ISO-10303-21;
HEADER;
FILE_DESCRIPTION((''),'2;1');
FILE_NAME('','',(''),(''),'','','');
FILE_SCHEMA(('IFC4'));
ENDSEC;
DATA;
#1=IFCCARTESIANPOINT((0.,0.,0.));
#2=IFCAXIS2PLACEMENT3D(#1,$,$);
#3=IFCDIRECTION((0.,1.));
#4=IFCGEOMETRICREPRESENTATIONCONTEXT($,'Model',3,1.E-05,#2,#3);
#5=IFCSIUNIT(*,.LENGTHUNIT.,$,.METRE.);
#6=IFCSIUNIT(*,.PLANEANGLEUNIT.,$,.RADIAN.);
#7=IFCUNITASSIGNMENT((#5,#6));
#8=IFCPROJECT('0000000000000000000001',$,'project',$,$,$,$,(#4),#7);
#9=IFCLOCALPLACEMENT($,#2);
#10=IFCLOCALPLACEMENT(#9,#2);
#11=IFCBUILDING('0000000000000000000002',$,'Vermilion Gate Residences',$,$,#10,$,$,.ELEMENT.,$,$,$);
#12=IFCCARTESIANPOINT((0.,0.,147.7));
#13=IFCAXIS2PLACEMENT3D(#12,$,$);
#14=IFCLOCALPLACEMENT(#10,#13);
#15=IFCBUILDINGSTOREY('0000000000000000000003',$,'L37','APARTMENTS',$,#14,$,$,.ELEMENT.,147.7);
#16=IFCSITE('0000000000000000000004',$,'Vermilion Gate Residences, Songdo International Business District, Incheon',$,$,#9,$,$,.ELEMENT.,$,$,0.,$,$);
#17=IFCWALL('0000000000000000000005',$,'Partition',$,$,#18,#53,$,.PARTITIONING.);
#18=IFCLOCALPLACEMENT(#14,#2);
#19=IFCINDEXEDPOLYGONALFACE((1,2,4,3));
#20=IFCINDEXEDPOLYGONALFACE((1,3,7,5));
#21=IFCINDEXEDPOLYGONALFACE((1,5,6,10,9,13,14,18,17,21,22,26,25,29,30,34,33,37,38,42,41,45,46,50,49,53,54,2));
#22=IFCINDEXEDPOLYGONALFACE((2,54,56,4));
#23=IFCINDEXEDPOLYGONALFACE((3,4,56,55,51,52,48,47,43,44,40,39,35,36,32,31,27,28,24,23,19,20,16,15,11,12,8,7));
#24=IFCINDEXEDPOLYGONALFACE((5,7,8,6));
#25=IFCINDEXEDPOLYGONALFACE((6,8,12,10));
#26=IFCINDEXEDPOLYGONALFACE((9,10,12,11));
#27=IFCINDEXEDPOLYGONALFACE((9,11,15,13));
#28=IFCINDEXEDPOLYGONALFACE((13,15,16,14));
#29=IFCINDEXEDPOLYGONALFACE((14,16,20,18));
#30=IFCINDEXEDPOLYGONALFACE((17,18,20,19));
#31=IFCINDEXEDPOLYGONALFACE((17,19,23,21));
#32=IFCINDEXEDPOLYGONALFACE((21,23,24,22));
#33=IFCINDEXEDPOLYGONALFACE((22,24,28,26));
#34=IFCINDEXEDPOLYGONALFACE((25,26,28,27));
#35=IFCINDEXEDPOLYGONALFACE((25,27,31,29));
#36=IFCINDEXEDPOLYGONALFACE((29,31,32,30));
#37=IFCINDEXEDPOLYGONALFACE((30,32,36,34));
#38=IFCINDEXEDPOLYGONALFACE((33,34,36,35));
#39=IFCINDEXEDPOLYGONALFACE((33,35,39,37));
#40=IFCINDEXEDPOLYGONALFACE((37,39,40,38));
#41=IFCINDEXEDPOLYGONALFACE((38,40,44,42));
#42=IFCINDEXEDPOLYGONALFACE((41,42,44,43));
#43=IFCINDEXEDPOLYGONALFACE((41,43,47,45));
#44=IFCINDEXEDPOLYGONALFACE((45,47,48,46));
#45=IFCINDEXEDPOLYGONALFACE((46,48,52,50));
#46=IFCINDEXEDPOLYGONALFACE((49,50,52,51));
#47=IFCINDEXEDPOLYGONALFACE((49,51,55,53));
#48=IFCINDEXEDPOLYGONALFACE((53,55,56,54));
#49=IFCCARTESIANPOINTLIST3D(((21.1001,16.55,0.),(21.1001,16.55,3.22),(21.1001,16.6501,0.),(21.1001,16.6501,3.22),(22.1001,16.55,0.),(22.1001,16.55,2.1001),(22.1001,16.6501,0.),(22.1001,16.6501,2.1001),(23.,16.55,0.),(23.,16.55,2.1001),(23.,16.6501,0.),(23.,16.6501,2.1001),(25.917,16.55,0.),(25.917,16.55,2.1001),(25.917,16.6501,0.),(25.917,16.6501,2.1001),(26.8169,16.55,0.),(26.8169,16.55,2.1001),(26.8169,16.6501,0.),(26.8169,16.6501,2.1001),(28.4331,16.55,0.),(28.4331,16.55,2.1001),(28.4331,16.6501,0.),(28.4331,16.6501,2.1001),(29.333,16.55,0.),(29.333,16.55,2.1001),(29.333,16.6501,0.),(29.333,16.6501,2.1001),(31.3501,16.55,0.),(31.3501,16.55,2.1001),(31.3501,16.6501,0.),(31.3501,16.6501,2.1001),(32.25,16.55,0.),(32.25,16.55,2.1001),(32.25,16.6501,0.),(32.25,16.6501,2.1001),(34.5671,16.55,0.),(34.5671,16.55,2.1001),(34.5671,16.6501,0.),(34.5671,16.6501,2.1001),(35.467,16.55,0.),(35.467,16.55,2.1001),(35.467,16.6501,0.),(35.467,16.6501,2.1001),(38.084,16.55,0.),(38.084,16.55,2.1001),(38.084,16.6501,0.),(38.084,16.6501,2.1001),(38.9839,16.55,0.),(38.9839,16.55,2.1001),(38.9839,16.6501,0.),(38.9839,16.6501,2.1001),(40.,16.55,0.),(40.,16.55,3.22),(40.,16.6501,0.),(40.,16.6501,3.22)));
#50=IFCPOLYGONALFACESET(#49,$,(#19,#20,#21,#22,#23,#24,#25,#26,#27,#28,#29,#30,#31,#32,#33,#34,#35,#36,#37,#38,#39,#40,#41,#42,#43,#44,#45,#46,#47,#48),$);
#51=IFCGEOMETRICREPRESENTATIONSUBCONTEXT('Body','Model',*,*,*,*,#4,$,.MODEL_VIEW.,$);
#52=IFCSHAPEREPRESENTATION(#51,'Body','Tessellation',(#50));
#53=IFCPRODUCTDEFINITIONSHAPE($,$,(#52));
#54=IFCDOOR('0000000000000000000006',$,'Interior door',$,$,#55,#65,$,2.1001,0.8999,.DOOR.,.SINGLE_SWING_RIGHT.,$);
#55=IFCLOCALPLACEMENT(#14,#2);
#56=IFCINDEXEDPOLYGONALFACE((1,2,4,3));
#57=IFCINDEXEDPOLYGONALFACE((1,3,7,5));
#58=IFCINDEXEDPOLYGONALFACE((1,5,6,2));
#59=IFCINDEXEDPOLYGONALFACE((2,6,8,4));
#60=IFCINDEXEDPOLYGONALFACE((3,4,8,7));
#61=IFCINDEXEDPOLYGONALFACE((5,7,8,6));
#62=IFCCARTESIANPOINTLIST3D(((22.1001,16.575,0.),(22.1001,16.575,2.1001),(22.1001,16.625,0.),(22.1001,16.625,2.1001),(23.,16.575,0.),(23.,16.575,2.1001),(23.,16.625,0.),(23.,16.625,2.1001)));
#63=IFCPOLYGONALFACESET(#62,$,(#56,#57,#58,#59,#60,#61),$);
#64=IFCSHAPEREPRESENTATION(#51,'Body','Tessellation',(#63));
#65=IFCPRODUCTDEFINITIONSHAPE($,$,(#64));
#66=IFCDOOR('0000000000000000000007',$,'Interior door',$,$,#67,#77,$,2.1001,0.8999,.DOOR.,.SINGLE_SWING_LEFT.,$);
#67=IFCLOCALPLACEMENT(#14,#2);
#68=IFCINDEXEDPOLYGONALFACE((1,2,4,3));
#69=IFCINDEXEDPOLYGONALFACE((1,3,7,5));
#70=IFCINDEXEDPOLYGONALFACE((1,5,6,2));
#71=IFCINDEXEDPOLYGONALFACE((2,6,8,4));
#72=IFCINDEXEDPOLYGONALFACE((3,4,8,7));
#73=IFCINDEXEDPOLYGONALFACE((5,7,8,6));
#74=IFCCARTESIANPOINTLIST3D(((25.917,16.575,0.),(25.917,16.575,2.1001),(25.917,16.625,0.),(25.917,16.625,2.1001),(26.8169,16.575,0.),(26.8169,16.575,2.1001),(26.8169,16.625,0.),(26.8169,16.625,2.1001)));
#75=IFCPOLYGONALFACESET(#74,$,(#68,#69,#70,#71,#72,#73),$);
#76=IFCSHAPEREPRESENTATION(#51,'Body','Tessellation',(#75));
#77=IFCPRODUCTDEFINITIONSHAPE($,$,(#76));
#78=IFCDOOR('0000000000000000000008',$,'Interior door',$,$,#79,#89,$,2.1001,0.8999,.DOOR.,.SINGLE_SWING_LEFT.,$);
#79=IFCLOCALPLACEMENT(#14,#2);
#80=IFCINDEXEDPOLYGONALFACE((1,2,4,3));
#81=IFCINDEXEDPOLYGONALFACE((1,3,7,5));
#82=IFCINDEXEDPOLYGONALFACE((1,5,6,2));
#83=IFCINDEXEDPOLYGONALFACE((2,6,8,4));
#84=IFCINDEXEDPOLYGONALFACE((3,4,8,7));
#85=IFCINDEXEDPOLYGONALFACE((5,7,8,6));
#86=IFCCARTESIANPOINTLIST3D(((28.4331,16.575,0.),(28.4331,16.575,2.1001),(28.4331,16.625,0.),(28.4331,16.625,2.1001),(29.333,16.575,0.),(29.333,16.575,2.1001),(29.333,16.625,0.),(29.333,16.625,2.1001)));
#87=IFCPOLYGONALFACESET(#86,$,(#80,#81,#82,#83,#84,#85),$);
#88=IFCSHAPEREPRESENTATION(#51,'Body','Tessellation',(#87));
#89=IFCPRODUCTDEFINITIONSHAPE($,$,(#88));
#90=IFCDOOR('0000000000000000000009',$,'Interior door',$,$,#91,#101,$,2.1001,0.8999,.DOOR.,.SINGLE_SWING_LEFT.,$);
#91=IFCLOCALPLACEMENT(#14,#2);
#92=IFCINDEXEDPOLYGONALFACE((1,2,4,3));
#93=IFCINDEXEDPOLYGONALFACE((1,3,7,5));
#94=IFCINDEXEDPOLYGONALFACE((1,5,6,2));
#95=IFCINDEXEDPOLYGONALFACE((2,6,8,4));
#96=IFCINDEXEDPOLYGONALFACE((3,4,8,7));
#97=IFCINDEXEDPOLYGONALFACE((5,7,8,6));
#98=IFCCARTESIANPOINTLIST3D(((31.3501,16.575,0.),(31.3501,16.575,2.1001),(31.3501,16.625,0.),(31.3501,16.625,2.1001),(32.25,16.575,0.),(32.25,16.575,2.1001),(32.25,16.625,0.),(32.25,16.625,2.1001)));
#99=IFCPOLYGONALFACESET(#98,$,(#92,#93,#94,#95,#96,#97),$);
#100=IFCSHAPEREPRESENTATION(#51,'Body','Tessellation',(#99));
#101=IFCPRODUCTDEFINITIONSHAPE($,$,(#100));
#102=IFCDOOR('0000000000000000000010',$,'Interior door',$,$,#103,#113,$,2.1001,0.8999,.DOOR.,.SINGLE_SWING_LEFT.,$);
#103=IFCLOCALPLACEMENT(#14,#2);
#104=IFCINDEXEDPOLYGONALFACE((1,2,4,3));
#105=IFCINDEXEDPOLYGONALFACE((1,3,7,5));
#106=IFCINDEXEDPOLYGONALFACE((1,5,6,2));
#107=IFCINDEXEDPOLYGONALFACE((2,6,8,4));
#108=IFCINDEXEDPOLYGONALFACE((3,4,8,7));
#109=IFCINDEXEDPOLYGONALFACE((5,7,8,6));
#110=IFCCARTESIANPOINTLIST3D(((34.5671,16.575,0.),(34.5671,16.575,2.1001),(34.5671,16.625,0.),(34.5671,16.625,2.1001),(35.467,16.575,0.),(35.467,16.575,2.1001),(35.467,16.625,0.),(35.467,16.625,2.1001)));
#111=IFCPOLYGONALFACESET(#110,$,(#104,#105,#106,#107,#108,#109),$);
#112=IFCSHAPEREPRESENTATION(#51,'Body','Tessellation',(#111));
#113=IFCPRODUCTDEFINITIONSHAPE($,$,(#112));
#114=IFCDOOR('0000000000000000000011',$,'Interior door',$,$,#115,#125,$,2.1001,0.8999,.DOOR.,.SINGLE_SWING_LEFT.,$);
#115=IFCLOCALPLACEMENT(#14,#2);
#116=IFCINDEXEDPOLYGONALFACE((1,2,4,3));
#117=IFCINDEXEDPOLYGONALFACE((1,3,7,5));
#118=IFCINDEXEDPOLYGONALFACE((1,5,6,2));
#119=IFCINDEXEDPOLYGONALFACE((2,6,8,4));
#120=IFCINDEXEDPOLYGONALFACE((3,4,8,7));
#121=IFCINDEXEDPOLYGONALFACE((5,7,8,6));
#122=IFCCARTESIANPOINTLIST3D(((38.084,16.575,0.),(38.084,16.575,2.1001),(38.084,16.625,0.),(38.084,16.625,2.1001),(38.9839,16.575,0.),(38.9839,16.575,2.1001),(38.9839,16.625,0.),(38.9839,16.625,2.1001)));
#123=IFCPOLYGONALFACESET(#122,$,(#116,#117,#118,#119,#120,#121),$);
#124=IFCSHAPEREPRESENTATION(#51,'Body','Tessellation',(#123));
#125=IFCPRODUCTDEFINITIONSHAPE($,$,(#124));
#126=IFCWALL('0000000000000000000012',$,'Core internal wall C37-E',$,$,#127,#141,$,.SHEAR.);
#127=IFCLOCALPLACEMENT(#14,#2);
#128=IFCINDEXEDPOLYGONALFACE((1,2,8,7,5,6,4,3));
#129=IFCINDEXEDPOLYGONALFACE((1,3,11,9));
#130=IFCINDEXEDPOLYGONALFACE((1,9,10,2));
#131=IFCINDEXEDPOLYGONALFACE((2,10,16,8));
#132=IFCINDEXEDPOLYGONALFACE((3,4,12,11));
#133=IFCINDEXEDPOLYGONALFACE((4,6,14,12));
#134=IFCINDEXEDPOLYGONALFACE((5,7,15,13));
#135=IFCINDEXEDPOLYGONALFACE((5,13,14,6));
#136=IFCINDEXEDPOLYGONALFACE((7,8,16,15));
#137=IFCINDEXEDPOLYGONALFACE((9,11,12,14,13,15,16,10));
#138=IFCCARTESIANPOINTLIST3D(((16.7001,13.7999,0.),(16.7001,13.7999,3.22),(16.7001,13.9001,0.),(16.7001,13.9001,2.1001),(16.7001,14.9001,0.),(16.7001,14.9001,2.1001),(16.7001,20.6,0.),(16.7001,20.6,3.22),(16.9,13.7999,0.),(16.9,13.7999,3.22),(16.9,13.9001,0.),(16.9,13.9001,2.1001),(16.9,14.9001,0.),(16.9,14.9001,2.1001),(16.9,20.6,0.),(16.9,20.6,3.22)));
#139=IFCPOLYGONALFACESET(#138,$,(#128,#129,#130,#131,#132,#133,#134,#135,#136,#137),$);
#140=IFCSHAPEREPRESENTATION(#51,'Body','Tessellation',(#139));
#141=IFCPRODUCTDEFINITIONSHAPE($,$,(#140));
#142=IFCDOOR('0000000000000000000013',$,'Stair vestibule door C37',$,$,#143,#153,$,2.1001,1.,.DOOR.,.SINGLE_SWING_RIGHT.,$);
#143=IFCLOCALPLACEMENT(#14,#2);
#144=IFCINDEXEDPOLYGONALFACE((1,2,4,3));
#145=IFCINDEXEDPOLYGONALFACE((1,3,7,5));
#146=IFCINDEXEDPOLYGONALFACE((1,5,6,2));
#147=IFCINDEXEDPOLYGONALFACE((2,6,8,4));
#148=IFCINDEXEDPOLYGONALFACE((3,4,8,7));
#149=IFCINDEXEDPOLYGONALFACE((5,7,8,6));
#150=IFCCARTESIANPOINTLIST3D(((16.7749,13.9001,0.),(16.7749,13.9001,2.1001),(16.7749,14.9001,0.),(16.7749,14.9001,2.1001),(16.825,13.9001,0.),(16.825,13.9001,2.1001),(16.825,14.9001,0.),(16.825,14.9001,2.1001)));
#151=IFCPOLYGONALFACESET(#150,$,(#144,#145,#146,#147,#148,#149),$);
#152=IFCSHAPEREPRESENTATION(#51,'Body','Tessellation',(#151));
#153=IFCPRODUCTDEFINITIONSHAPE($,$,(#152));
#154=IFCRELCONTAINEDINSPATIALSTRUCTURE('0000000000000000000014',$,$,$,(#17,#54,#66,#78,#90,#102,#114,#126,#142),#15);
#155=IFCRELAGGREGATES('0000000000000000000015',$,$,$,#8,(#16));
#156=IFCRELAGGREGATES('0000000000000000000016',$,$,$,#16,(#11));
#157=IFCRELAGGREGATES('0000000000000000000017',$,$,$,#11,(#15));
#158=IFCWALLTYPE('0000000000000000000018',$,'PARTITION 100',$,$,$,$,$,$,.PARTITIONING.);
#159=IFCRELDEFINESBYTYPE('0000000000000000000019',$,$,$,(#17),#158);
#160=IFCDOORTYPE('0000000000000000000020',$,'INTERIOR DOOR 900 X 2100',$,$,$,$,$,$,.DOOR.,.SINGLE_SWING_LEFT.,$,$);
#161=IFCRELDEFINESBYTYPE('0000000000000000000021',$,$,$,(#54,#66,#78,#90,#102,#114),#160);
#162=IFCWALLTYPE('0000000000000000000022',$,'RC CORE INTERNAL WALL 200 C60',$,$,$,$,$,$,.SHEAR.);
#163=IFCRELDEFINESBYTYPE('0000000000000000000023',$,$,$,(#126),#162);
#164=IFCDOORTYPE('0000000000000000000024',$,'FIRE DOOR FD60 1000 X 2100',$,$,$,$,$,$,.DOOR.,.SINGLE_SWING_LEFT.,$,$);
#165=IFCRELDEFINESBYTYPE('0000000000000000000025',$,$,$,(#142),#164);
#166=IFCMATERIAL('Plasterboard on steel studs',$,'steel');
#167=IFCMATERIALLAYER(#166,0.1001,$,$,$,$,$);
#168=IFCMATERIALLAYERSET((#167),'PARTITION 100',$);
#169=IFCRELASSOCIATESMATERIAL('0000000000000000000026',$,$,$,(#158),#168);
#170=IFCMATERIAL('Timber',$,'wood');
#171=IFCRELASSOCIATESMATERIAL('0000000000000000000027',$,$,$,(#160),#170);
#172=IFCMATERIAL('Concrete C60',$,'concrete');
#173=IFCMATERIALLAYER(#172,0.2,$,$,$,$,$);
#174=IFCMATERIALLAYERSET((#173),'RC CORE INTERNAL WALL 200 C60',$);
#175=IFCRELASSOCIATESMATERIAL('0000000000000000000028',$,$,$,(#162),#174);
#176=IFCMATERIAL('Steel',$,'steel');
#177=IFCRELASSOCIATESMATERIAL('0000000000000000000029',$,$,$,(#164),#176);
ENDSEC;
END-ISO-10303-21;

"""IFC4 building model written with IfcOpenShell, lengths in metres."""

from ifc_helpers import new_model, si_unit, direction, frame, frame_2d, origin, place, context, subcontext, project, spatial, rectangle, extrude, material, layer, layer_set, type_object, element, fill, save


model = new_model("IFC4")

# Units and contexts
model_context = context("Model", 3, precision=1e-05, world=origin(), true_north=direction((0.0, 1.0)))
body_context = subcontext(model_context, "Body", "Model", "MODEL_VIEW")
ifc_project = project(units=[si_unit("LENGTHUNIT", "METRE"), si_unit("PLANEANGLEUNIT", "RADIAN")], contexts=[model_context])

# Site, building, storey
site_placement = place(None, origin())
site = spatial("IfcSite", under=ifc_project, at=site_placement, Name="Vermilion Gate Residences, Songdo International Business District, Incheon", CompositionType="ELEMENT", RefElevation=0.0)
building_placement = place(site_placement, origin())
building = spatial("IfcBuilding", under=site, at=building_placement, Name="Vermilion Gate Residences", CompositionType="ELEMENT")
storey_placement = place(building_placement, frame((0.0, 0.0, 147.7)))
storey = spatial("IfcBuildingStorey", under=building, at=storey_placement, Name="L37", Description="APARTMENTS", CompositionType="ELEMENT", Elevation=147.7)

# Wall, openings, doors
ifc_material_1 = material(Name="Plasterboard on steel studs", Category="steel")
ifc_layer_1 = layer(ifc_material_1, 0.1001)
ifc_layer_set_1 = layer_set([ifc_layer_1], Name="PARTITION 100")
wall_type_1 = type_object("IfcWallType", Name="PARTITION 100", PredefinedType="PARTITIONING", material=ifc_layer_set_1)
ifc_material_2 = material(Name="Timber", Category="wood")
door_type_1 = type_object("IfcDoorType", Name="INTERIOR DOOR 900 X 2100", OperationType="SINGLE_SWING_LEFT", PredefinedType="DOOR", material=ifc_material_2)
wall_1_placement = place(storey_placement, frame((21.1001, 16.6001, 0.0), z_axis=(0.0, 0.0, 1.0), x_axis=(1.0, 0.0, 0.0)))
wall_1 = element("IfcWall", 1, at=wall_1_placement, inside=storey, type_object=wall_type_1, Name="Partition", PredefinedType="PARTITIONING", context=body_context, shape_type="SweptSolid", body=[
    extrude(rectangle(XDim=18.8999, YDim=0.1001, at=frame_2d((9.45, 0.0))), origin(), (0.0, 0.0, 1.0), 3.22),
])
opening_1_placement = place(wall_1_placement, frame((1.0, 0.0, 0.0)))
opening_1 = element("IfcOpeningElement", 2, at=opening_1_placement, cuts=wall_1, PredefinedType="OPENING", context=body_context, shape_type="SweptSolid", body=[
    extrude(rectangle(XDim=0.8999, YDim=2.1001, at=frame_2d((0.45, 1.05))), frame((0.0, 0.0601, 0.0), z_axis=(0.0, -1.0, 0.0), x_axis=(1.0, 0.0, 0.0)), (0.0, 0.0, 1.0), 0.1201),
])
opening_2_placement = place(wall_1_placement, frame((4.8169, 0.0, 0.0)))
opening_2 = element("IfcOpeningElement", 3, at=opening_2_placement, cuts=wall_1, PredefinedType="OPENING", context=body_context, shape_type="SweptSolid", body=[
    extrude(rectangle(XDim=0.8999, YDim=2.1001, at=frame_2d((0.45, 1.05))), frame((0.0, 0.0601, 0.0), z_axis=(0.0, -1.0, 0.0), x_axis=(1.0, 0.0, 0.0)), (0.0, 0.0, 1.0), 0.1201),
])
opening_3_placement = place(wall_1_placement, frame((7.333, 0.0, 0.0)))
opening_3 = element("IfcOpeningElement", 4, at=opening_3_placement, cuts=wall_1, PredefinedType="OPENING", context=body_context, shape_type="SweptSolid", body=[
    extrude(rectangle(XDim=0.8999, YDim=2.1001, at=frame_2d((0.45, 1.05))), frame((0.0, 0.0601, 0.0), z_axis=(0.0, -1.0, 0.0), x_axis=(1.0, 0.0, 0.0)), (0.0, 0.0, 1.0), 0.1201),
])
opening_4_placement = place(wall_1_placement, frame((10.25, 0.0, 0.0)))
opening_4 = element("IfcOpeningElement", 5, at=opening_4_placement, cuts=wall_1, PredefinedType="OPENING", context=body_context, shape_type="SweptSolid", body=[
    extrude(rectangle(XDim=0.8999, YDim=2.1001, at=frame_2d((0.45, 1.05))), frame((0.0, 0.0601, 0.0), z_axis=(0.0, -1.0, 0.0), x_axis=(1.0, 0.0, 0.0)), (0.0, 0.0, 1.0), 0.1201),
])
opening_5_placement = place(wall_1_placement, frame((13.467, 0.0, 0.0)))
opening_5 = element("IfcOpeningElement", 6, at=opening_5_placement, cuts=wall_1, PredefinedType="OPENING", context=body_context, shape_type="SweptSolid", body=[
    extrude(rectangle(XDim=0.8999, YDim=2.1001, at=frame_2d((0.45, 1.05))), frame((0.0, 0.0601, 0.0), z_axis=(0.0, -1.0, 0.0), x_axis=(1.0, 0.0, 0.0)), (0.0, 0.0, 1.0), 0.1201),
])
opening_6_placement = place(wall_1_placement, frame((16.9839, 0.0, 0.0)))
opening_6 = element("IfcOpeningElement", 7, at=opening_6_placement, cuts=wall_1, PredefinedType="OPENING", context=body_context, shape_type="SweptSolid", body=[
    extrude(rectangle(XDim=0.8999, YDim=2.1001, at=frame_2d((0.45, 1.05))), frame((0.0, 0.0601, 0.0), z_axis=(0.0, -1.0, 0.0), x_axis=(1.0, 0.0, 0.0)), (0.0, 0.0, 1.0), 0.1201),
])
door_1_placement = place(opening_1_placement, origin())
door_1 = element("IfcDoor", 8, at=door_1_placement, inside=storey, type_object=door_type_1, Name="Interior door", OperationType="SINGLE_SWING_RIGHT", OverallHeight=2.1001, OverallWidth=0.8999, PredefinedType="DOOR", context=body_context, shape_type="SweptSolid", body=[
    extrude(rectangle(XDim=0.8999, YDim=2.1001, at=frame_2d((0.45, 1.05))), frame((0.0, 0.0249, 0.0), z_axis=(0.0, -1.0, 0.0), x_axis=(1.0, 0.0, 0.0)), (0.0, 0.0, 1.0), 0.05),
])
fill(opening_1, door_1)
door_2_placement = place(opening_2_placement, origin())
door_2 = element("IfcDoor", 9, at=door_2_placement, inside=storey, type_object=door_type_1, Name="Interior door", OperationType="SINGLE_SWING_LEFT", OverallHeight=2.1001, OverallWidth=0.8999, PredefinedType="DOOR", context=body_context, shape_type="SweptSolid", body=[
    extrude(rectangle(XDim=0.8999, YDim=2.1001, at=frame_2d((0.45, 1.05))), frame((0.0, 0.0249, 0.0), z_axis=(0.0, -1.0, 0.0), x_axis=(1.0, 0.0, 0.0)), (0.0, 0.0, 1.0), 0.05),
])
fill(opening_2, door_2)
door_3_placement = place(opening_3_placement, origin())
door_3 = element("IfcDoor", 10, at=door_3_placement, inside=storey, type_object=door_type_1, Name="Interior door", OperationType="SINGLE_SWING_LEFT", OverallHeight=2.1001, OverallWidth=0.8999, PredefinedType="DOOR", context=body_context, shape_type="SweptSolid", body=[
    extrude(rectangle(XDim=0.8999, YDim=2.1001, at=frame_2d((0.45, 1.05))), frame((0.0, 0.0249, 0.0), z_axis=(0.0, -1.0, 0.0), x_axis=(1.0, 0.0, 0.0)), (0.0, 0.0, 1.0), 0.05),
])
fill(opening_3, door_3)
door_4_placement = place(opening_4_placement, origin())
door_4 = element("IfcDoor", 11, at=door_4_placement, inside=storey, type_object=door_type_1, Name="Interior door", OperationType="SINGLE_SWING_LEFT", OverallHeight=2.1001, OverallWidth=0.8999, PredefinedType="DOOR", context=body_context, shape_type="SweptSolid", body=[
    extrude(rectangle(XDim=0.8999, YDim=2.1001, at=frame_2d((0.45, 1.05))), frame((0.0, 0.0249, 0.0), z_axis=(0.0, -1.0, 0.0), x_axis=(1.0, 0.0, 0.0)), (0.0, 0.0, 1.0), 0.05),
])
fill(opening_4, door_4)
door_5_placement = place(opening_5_placement, origin())
door_5 = element("IfcDoor", 12, at=door_5_placement, inside=storey, type_object=door_type_1, Name="Interior door", OperationType="SINGLE_SWING_LEFT", OverallHeight=2.1001, OverallWidth=0.8999, PredefinedType="DOOR", context=body_context, shape_type="SweptSolid", body=[
    extrude(rectangle(XDim=0.8999, YDim=2.1001, at=frame_2d((0.45, 1.05))), frame((0.0, 0.0249, 0.0), z_axis=(0.0, -1.0, 0.0), x_axis=(1.0, 0.0, 0.0)), (0.0, 0.0, 1.0), 0.05),
])
fill(opening_5, door_5)
door_6_placement = place(opening_6_placement, origin())
door_6 = element("IfcDoor", 13, at=door_6_placement, inside=storey, type_object=door_type_1, Name="Interior door", OperationType="SINGLE_SWING_LEFT", OverallHeight=2.1001, OverallWidth=0.8999, PredefinedType="DOOR", context=body_context, shape_type="SweptSolid", body=[
    extrude(rectangle(XDim=0.8999, YDim=2.1001, at=frame_2d((0.45, 1.05))), frame((0.0, 0.0249, 0.0), z_axis=(0.0, -1.0, 0.0), x_axis=(1.0, 0.0, 0.0)), (0.0, 0.0, 1.0), 0.05),
])
fill(opening_6, door_6)

# Wall, opening, door
ifc_material_3 = material(Name="Concrete C60", Category="concrete")
ifc_layer_2 = layer(ifc_material_3, 0.2)
ifc_layer_set_2 = layer_set([ifc_layer_2], Name="RC CORE INTERNAL WALL 200 C60")
wall_type_2 = type_object("IfcWallType", Name="RC CORE INTERNAL WALL 200 C60", PredefinedType="SHEAR", material=ifc_layer_set_2)
wall_2_placement = place(storey_placement, frame((16.8, 13.8, 0.0), z_axis=(0.0, 0.0, 1.0), x_axis=(0.0, 1.0, 0.0)))
wall_2 = element("IfcWall", 14, at=wall_2_placement, inside=storey, type_object=wall_type_2, Name="Core internal wall C37-E", PredefinedType="SHEAR", context=body_context, shape_type="SweptSolid", body=[
    extrude(rectangle(XDim=6.8, YDim=0.2, at=frame_2d((3.3999, 0.0))), origin(), (0.0, 0.0, 1.0), 3.22),
])
opening_7_placement = place(wall_2_placement, frame((0.1001, 0.0, 0.0)))
opening_7 = element("IfcOpeningElement", 15, at=opening_7_placement, cuts=wall_2, PredefinedType="OPENING", context=body_context, shape_type="SweptSolid", body=[
    extrude(rectangle(XDim=1.0, YDim=2.1001, at=frame_2d((0.5, 1.05))), frame((0.0, 0.1099, 0.0), z_axis=(0.0, -1.0, 0.0), x_axis=(1.0, 0.0, 0.0)), (0.0, 0.0, 1.0), 0.22),
])
ifc_material_4 = material(Name="Steel", Category="steel")
door_type_2 = type_object("IfcDoorType", Name="FIRE DOOR FD60 1000 X 2100", OperationType="SINGLE_SWING_LEFT", PredefinedType="DOOR", material=ifc_material_4)
door_7_placement = place(opening_7_placement, frame((1.0, 0.0, 0.0), z_axis=(0.0, 0.0, 1.0), x_axis=(-1.0, 0.0, 0.0)))
door_7 = element("IfcDoor", 16, at=door_7_placement, inside=storey, type_object=door_type_2, Name="Stair vestibule door C37", OperationType="SINGLE_SWING_RIGHT", OverallHeight=2.1001, OverallWidth=1.0, PredefinedType="DOOR", context=body_context, shape_type="SweptSolid", body=[
    extrude(rectangle(XDim=1.0, YDim=2.1001, at=frame_2d((0.5, 1.05))), frame((0.0, 0.0249, 0.0), z_axis=(0.0, -1.0, 0.0), x_axis=(1.0, 0.0, 0.0)), (0.0, 0.0, 1.0), 0.05),
])
fill(opening_7, door_7)

save(model, "model.ifc")
